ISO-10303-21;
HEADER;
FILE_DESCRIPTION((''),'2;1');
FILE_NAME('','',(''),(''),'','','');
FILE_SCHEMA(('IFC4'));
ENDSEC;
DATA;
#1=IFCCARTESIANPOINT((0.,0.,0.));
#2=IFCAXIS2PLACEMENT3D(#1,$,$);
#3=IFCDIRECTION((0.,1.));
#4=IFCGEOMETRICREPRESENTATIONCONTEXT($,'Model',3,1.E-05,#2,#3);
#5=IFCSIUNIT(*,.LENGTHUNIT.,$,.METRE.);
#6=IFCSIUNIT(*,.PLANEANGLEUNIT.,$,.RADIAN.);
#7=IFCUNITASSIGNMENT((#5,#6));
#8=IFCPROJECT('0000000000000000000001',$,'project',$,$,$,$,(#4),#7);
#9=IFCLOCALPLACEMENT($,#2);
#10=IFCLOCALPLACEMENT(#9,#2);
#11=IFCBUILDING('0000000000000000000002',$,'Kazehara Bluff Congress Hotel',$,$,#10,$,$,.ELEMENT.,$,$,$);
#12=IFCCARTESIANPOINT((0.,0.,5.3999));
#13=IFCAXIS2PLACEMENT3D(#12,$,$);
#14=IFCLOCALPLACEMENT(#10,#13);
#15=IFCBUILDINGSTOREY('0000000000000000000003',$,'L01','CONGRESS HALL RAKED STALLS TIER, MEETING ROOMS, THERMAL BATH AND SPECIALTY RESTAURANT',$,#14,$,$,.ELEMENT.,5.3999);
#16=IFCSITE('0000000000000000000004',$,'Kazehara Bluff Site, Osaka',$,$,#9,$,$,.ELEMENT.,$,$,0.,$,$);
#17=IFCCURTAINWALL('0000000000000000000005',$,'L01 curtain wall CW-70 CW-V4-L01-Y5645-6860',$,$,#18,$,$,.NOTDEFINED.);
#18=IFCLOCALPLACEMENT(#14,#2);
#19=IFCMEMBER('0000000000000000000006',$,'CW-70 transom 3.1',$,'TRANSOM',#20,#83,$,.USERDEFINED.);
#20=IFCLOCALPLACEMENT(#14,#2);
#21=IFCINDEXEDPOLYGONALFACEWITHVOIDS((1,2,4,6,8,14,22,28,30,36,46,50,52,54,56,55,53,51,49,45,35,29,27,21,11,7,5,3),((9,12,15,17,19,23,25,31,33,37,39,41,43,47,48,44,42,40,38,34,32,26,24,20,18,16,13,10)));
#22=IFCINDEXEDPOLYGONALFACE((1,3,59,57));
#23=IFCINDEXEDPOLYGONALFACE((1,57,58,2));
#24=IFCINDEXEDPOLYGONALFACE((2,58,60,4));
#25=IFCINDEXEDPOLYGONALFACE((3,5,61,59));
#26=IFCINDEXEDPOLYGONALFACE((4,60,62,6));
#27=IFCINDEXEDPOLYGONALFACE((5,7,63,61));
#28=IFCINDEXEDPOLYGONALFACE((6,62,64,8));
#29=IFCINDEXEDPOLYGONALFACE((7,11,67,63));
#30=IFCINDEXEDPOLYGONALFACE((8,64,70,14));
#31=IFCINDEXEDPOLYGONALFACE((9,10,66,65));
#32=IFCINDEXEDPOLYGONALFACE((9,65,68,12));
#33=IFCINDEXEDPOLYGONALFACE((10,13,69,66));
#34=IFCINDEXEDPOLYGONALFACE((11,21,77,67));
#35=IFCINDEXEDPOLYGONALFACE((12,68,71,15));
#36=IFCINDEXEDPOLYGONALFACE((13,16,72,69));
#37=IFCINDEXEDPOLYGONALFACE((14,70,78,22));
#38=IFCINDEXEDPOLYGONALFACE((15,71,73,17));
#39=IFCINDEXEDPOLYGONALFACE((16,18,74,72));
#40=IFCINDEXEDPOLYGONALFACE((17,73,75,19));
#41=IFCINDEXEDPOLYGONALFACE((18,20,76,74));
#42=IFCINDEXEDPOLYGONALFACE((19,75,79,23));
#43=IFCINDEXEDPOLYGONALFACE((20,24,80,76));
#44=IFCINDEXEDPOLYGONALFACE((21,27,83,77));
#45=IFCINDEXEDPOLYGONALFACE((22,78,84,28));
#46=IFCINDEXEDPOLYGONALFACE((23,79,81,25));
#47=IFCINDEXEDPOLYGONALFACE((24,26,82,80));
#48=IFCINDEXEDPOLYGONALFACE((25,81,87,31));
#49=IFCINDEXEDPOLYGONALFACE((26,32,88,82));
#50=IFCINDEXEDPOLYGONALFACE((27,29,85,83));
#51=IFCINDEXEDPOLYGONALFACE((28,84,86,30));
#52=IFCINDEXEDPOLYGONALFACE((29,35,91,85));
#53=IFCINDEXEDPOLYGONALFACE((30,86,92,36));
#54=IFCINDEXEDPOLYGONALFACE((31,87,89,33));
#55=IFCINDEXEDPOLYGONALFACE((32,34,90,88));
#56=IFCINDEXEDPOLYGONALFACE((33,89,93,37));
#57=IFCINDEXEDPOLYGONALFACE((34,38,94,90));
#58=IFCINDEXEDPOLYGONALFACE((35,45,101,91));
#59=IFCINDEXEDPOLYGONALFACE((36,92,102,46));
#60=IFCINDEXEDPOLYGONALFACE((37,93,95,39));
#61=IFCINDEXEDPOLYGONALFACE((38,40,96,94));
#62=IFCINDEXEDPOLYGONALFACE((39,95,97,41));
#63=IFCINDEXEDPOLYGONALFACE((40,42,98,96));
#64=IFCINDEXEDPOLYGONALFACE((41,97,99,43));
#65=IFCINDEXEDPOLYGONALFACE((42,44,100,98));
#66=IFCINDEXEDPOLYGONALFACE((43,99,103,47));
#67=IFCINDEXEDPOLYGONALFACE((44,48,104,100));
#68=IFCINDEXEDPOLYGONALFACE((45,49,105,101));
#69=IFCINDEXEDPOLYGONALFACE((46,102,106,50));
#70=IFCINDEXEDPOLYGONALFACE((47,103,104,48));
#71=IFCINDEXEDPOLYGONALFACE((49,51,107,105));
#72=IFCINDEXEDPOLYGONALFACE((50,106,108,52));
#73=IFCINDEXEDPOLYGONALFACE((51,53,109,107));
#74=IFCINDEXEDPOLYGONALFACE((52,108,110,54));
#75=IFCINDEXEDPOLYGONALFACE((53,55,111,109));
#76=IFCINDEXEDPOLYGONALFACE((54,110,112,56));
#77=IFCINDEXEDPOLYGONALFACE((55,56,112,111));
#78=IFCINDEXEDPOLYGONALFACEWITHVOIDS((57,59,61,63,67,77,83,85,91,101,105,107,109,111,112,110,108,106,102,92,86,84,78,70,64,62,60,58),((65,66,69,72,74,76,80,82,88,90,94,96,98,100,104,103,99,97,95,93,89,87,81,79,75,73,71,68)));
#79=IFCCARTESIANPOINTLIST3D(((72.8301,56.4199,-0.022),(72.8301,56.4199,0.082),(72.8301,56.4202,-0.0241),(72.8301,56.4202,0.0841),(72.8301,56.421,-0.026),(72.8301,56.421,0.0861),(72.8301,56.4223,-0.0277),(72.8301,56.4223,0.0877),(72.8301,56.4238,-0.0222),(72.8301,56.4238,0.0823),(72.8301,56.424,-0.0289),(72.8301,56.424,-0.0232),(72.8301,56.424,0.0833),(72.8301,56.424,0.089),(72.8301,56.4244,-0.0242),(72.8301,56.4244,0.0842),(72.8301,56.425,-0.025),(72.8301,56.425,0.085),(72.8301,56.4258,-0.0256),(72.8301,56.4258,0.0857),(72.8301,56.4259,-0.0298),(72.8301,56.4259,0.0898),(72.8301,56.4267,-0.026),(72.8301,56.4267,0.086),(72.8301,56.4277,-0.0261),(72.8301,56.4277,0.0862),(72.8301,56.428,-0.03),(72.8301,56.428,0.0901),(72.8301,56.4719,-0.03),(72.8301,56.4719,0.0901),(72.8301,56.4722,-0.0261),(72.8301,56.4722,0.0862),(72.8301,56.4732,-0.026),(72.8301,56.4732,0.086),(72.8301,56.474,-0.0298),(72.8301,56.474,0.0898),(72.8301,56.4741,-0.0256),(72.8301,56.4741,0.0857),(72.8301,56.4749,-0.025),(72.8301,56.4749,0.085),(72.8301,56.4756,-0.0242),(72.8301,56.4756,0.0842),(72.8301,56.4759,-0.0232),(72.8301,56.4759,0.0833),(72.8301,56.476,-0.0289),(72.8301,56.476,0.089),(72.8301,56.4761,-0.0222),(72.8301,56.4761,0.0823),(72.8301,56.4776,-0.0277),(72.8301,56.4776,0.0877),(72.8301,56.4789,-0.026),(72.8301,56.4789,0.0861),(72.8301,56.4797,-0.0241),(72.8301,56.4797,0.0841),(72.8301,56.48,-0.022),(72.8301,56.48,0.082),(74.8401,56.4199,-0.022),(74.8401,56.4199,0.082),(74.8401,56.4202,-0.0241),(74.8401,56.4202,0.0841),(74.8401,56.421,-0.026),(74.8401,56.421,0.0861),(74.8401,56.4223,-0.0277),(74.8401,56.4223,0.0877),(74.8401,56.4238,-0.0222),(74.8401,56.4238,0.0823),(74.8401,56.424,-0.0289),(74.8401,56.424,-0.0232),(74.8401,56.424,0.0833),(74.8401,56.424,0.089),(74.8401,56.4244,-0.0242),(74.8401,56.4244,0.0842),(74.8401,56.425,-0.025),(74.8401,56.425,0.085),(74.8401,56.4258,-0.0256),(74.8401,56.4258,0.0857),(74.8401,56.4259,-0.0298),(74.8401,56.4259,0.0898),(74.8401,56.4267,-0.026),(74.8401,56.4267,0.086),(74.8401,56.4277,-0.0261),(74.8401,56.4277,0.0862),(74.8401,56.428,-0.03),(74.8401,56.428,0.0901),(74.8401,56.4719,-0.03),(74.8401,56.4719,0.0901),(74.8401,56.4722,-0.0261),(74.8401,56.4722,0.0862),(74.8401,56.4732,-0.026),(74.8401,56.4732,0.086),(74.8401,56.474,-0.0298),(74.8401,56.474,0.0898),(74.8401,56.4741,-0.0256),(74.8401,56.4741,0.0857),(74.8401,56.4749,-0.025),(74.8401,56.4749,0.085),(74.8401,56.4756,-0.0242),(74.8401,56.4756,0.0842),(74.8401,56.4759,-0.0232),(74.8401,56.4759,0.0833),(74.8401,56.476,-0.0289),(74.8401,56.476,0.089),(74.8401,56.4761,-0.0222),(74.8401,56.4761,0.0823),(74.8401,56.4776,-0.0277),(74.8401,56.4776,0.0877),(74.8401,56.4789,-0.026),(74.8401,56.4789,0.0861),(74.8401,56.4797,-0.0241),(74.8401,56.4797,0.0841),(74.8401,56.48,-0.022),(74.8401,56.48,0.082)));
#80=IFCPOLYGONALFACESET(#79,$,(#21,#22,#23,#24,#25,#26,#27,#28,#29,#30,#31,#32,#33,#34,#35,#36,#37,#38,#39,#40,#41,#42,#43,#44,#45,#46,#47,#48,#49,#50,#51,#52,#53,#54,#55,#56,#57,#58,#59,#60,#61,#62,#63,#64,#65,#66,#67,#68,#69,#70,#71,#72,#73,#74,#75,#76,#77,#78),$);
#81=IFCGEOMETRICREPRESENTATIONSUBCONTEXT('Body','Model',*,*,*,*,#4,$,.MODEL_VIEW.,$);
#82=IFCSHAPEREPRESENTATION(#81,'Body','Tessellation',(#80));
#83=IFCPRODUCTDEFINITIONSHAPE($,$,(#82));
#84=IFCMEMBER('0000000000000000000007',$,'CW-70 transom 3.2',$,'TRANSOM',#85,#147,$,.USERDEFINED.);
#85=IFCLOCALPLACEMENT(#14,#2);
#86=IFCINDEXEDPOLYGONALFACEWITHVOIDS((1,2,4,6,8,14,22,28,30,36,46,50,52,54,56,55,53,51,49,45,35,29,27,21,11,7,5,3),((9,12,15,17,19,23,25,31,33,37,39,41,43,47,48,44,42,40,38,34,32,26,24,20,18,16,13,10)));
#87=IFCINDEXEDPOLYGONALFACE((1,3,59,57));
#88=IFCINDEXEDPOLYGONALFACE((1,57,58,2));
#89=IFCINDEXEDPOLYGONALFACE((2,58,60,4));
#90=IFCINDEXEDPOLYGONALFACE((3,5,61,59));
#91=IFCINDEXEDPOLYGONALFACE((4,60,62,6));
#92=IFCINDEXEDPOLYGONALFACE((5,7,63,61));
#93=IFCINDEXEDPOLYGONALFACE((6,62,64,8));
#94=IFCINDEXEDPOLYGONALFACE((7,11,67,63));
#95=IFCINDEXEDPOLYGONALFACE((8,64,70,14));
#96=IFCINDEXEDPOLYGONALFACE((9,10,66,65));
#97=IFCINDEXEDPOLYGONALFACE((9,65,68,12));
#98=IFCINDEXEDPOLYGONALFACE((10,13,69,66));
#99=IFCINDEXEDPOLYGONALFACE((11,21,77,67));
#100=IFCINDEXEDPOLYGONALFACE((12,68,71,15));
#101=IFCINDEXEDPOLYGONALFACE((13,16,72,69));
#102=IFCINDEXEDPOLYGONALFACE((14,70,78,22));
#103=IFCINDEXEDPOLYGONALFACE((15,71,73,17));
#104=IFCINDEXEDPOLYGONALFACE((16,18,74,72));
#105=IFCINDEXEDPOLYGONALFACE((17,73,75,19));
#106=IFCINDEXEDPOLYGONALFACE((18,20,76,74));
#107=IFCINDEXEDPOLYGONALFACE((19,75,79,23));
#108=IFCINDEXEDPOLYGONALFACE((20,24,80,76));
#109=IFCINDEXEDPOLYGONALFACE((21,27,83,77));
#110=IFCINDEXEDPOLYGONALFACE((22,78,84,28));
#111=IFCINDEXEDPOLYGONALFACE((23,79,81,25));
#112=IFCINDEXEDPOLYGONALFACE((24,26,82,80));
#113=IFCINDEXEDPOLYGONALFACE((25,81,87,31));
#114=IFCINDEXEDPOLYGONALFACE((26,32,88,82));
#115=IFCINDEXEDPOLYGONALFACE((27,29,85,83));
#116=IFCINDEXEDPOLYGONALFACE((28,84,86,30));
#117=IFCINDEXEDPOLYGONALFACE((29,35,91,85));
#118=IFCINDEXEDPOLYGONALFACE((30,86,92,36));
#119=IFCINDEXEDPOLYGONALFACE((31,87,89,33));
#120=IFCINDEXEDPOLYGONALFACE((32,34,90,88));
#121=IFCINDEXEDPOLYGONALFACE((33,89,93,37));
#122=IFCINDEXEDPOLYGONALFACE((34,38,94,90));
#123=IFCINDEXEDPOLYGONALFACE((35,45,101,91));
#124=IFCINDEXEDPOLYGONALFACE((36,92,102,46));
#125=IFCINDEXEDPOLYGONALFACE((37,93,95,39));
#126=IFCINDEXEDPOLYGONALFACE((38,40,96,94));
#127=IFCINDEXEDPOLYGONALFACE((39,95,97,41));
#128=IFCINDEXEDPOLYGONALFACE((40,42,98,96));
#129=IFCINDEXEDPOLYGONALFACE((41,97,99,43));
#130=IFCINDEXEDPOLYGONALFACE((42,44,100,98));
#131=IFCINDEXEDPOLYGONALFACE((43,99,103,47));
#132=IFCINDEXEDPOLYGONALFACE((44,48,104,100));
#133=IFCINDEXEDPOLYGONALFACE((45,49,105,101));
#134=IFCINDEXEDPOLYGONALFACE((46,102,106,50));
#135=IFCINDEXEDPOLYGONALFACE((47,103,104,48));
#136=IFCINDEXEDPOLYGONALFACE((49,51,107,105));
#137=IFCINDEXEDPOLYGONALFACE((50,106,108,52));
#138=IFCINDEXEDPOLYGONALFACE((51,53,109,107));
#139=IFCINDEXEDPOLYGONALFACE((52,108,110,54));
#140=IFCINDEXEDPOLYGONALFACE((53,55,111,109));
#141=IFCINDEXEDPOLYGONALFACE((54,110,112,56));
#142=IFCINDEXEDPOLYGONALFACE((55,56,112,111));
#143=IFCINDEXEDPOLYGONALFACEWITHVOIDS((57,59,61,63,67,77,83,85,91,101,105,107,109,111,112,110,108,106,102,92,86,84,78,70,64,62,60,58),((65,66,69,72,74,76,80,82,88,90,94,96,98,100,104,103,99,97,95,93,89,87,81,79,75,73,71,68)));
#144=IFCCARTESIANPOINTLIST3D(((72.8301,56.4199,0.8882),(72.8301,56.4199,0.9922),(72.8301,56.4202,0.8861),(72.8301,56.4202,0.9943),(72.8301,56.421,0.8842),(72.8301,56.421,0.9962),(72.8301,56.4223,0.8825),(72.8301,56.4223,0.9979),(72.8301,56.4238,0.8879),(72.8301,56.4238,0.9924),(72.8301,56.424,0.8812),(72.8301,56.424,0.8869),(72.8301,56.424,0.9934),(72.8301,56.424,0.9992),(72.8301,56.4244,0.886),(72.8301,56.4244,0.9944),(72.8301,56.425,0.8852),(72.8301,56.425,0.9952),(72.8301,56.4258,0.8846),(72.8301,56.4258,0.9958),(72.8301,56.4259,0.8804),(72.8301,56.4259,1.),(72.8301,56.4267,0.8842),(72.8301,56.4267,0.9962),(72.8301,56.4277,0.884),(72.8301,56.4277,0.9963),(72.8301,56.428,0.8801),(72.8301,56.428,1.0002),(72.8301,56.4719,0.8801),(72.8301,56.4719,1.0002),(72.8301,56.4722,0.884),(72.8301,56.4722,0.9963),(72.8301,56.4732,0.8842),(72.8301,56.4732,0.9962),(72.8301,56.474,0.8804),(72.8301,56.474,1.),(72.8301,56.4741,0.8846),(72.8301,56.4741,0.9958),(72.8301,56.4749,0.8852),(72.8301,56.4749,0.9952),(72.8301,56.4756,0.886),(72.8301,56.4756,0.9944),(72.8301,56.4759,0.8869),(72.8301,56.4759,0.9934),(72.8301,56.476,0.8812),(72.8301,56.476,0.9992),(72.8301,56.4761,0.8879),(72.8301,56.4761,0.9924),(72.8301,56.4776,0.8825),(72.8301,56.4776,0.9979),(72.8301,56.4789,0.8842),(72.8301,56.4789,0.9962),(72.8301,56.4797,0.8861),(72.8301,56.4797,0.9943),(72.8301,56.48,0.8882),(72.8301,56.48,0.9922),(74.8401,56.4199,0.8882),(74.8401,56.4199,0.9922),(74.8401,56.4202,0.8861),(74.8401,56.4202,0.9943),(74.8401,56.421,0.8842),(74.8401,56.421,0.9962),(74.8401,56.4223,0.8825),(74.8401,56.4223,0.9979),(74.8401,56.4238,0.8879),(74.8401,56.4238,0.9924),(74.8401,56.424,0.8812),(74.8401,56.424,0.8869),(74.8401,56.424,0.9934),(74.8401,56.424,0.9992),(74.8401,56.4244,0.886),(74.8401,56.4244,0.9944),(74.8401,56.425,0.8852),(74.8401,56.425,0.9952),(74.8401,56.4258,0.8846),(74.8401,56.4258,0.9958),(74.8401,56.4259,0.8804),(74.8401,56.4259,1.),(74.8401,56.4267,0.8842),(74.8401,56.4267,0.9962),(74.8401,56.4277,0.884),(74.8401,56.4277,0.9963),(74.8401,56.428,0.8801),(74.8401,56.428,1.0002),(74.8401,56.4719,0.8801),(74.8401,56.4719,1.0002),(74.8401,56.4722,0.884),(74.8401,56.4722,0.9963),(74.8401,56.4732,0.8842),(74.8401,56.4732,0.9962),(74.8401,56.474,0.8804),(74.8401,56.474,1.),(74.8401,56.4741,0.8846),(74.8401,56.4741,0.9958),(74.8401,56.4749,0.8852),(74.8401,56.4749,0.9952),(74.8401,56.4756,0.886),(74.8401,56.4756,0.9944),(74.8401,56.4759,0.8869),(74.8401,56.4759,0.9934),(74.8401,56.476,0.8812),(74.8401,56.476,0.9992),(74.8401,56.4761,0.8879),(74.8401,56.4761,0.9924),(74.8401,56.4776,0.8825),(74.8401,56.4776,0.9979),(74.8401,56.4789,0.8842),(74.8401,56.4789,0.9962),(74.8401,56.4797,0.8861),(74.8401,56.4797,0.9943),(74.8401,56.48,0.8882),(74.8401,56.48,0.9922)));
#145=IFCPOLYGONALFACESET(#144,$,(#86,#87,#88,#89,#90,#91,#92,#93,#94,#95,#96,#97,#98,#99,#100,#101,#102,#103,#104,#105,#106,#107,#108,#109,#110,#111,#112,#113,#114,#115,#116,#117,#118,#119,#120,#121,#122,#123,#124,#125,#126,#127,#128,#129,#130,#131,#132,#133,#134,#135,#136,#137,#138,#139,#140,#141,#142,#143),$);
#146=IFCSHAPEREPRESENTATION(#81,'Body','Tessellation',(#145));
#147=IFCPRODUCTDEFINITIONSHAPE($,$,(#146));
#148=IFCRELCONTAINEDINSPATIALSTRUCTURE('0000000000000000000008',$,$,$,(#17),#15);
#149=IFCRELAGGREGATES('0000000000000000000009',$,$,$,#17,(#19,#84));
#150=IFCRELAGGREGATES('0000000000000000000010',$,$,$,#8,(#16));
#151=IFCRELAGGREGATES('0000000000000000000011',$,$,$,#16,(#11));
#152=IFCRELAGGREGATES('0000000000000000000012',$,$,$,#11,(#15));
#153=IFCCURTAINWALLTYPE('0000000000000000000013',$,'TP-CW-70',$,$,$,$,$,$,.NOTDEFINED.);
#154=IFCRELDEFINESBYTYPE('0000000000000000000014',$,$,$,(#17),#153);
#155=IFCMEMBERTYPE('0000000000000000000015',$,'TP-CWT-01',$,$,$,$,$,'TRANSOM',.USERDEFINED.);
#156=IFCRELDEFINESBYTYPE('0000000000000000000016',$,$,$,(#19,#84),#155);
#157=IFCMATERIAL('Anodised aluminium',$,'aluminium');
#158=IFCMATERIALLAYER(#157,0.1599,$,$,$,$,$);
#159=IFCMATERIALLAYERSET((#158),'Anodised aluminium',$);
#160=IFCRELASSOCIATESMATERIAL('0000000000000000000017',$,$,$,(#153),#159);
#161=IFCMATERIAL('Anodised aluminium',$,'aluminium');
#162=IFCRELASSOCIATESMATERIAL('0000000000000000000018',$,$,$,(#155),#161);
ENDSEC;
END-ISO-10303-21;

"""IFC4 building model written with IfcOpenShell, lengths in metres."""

from ifc_helpers import new_model, si_unit, direction, frame, origin, origin_2d, place, context, subcontext, project, spatial, hollow_rectangle, extrude, material, layer, layer_set, material_profile, profile_set, type_object, element, aggregate, save


model = new_model("IFC4")

# Units and contexts
model_context = context("Model", 3, precision=1e-05, world=origin(), true_north=direction((0.0, 1.0)))
body_context = subcontext(model_context, "Body", "Model", "MODEL_VIEW")
ifc_project = project(units=[si_unit("LENGTHUNIT", "METRE"), si_unit("PLANEANGLEUNIT", "RADIAN")], contexts=[model_context])

# Site, building, storey
site_placement = place(None, origin())
site = spatial("IfcSite", under=ifc_project, at=site_placement, Name="Kazehara Bluff Site, Osaka", CompositionType="ELEMENT", RefElevation=0.0)
building_placement = place(site_placement, origin())
building = spatial("IfcBuilding", under=site, at=building_placement, Name="Kazehara Bluff Congress Hotel", CompositionType="ELEMENT")
storey_placement = place(building_placement, frame((0.0, 0.0, 5.3999)))
storey = spatial("IfcBuildingStorey", under=building, at=storey_placement, Name="L01", Description="CONGRESS HALL RAKED STALLS TIER, MEETING ROOMS, THERMAL BATH AND SPECIALTY RESTAURANT", CompositionType="ELEMENT", Elevation=5.3999)

# Curtain wall, members
ifc_material_1 = material(Name="Anodised aluminium", Category="aluminium")
ifc_layer_1 = layer(ifc_material_1, 0.1599)
ifc_layer_set_1 = layer_set([ifc_layer_1], Name="Anodised aluminium")
curtain_wall_type = type_object("IfcCurtainWallType", Name="TP-CW-70", PredefinedType="NOTDEFINED", material=ifc_layer_set_1)
curtain_wall_placement = place(storey_placement, origin())
curtain_wall = element("IfcCurtainWall", 1, at=curtain_wall_placement, inside=storey, type_object=curtain_wall_type, Name="L01 curtain wall CW-70 CW-V4-L01-Y5645-6860", PredefinedType="NOTDEFINED")
ifc_material_2 = material(Name="Anodised aluminium", Category="aluminium")
ifc_material_profile_1 = material_profile(ifc_material_2, hollow_rectangle(XDim=0.0601, YDim=0.1201, WallThickness=0.0039, InnerFilletRadius=0.0039, OuterFilletRadius=0.0081, at=origin_2d()))
ifc_profile_set_1 = profile_set([ifc_material_profile_1], Name="Anodised aluminium")
member_type_1 = type_object("IfcMemberType", Name="TP-CWT-01", ElementType="TRANSOM", PredefinedType="USERDEFINED", material=ifc_profile_set_1)
member_1_placement = place(storey_placement, frame((72.8301, 56.45, 0.03), z_axis=(1.0, 0.0, 0.0), x_axis=(0.0, 1.0, 0.0)))
member_1 = element("IfcMember", 2, at=member_1_placement, type_object=member_type_1, Name="CW-70 transom 3.1", ObjectType="TRANSOM", PredefinedType="USERDEFINED", context=body_context, shape_type="SweptSolid", body=[
    extrude(hollow_rectangle(XDim=0.0601, YDim=0.1201, WallThickness=0.0039, InnerFilletRadius=0.0039, OuterFilletRadius=0.0081, at=origin_2d()), origin(), (0.0, 0.0, 1.0), 2.01),
])
member_2_placement = place(storey_placement, frame((72.8301, 56.45, 0.9402), z_axis=(1.0, 0.0, 0.0), x_axis=(0.0, 1.0, 0.0)))
member_2 = element("IfcMember", 3, at=member_2_placement, type_object=member_type_1, Name="CW-70 transom 3.2", ObjectType="TRANSOM", PredefinedType="USERDEFINED", context=body_context, shape_type="SweptSolid", body=[
    extrude(hollow_rectangle(XDim=0.0601, YDim=0.1201, WallThickness=0.0039, InnerFilletRadius=0.0039, OuterFilletRadius=0.0081, at=origin_2d()), origin(), (0.0, 0.0, 1.0), 2.01),
])

aggregate(curtain_wall, [member_1, member_2])

save(model, "model.ifc")
